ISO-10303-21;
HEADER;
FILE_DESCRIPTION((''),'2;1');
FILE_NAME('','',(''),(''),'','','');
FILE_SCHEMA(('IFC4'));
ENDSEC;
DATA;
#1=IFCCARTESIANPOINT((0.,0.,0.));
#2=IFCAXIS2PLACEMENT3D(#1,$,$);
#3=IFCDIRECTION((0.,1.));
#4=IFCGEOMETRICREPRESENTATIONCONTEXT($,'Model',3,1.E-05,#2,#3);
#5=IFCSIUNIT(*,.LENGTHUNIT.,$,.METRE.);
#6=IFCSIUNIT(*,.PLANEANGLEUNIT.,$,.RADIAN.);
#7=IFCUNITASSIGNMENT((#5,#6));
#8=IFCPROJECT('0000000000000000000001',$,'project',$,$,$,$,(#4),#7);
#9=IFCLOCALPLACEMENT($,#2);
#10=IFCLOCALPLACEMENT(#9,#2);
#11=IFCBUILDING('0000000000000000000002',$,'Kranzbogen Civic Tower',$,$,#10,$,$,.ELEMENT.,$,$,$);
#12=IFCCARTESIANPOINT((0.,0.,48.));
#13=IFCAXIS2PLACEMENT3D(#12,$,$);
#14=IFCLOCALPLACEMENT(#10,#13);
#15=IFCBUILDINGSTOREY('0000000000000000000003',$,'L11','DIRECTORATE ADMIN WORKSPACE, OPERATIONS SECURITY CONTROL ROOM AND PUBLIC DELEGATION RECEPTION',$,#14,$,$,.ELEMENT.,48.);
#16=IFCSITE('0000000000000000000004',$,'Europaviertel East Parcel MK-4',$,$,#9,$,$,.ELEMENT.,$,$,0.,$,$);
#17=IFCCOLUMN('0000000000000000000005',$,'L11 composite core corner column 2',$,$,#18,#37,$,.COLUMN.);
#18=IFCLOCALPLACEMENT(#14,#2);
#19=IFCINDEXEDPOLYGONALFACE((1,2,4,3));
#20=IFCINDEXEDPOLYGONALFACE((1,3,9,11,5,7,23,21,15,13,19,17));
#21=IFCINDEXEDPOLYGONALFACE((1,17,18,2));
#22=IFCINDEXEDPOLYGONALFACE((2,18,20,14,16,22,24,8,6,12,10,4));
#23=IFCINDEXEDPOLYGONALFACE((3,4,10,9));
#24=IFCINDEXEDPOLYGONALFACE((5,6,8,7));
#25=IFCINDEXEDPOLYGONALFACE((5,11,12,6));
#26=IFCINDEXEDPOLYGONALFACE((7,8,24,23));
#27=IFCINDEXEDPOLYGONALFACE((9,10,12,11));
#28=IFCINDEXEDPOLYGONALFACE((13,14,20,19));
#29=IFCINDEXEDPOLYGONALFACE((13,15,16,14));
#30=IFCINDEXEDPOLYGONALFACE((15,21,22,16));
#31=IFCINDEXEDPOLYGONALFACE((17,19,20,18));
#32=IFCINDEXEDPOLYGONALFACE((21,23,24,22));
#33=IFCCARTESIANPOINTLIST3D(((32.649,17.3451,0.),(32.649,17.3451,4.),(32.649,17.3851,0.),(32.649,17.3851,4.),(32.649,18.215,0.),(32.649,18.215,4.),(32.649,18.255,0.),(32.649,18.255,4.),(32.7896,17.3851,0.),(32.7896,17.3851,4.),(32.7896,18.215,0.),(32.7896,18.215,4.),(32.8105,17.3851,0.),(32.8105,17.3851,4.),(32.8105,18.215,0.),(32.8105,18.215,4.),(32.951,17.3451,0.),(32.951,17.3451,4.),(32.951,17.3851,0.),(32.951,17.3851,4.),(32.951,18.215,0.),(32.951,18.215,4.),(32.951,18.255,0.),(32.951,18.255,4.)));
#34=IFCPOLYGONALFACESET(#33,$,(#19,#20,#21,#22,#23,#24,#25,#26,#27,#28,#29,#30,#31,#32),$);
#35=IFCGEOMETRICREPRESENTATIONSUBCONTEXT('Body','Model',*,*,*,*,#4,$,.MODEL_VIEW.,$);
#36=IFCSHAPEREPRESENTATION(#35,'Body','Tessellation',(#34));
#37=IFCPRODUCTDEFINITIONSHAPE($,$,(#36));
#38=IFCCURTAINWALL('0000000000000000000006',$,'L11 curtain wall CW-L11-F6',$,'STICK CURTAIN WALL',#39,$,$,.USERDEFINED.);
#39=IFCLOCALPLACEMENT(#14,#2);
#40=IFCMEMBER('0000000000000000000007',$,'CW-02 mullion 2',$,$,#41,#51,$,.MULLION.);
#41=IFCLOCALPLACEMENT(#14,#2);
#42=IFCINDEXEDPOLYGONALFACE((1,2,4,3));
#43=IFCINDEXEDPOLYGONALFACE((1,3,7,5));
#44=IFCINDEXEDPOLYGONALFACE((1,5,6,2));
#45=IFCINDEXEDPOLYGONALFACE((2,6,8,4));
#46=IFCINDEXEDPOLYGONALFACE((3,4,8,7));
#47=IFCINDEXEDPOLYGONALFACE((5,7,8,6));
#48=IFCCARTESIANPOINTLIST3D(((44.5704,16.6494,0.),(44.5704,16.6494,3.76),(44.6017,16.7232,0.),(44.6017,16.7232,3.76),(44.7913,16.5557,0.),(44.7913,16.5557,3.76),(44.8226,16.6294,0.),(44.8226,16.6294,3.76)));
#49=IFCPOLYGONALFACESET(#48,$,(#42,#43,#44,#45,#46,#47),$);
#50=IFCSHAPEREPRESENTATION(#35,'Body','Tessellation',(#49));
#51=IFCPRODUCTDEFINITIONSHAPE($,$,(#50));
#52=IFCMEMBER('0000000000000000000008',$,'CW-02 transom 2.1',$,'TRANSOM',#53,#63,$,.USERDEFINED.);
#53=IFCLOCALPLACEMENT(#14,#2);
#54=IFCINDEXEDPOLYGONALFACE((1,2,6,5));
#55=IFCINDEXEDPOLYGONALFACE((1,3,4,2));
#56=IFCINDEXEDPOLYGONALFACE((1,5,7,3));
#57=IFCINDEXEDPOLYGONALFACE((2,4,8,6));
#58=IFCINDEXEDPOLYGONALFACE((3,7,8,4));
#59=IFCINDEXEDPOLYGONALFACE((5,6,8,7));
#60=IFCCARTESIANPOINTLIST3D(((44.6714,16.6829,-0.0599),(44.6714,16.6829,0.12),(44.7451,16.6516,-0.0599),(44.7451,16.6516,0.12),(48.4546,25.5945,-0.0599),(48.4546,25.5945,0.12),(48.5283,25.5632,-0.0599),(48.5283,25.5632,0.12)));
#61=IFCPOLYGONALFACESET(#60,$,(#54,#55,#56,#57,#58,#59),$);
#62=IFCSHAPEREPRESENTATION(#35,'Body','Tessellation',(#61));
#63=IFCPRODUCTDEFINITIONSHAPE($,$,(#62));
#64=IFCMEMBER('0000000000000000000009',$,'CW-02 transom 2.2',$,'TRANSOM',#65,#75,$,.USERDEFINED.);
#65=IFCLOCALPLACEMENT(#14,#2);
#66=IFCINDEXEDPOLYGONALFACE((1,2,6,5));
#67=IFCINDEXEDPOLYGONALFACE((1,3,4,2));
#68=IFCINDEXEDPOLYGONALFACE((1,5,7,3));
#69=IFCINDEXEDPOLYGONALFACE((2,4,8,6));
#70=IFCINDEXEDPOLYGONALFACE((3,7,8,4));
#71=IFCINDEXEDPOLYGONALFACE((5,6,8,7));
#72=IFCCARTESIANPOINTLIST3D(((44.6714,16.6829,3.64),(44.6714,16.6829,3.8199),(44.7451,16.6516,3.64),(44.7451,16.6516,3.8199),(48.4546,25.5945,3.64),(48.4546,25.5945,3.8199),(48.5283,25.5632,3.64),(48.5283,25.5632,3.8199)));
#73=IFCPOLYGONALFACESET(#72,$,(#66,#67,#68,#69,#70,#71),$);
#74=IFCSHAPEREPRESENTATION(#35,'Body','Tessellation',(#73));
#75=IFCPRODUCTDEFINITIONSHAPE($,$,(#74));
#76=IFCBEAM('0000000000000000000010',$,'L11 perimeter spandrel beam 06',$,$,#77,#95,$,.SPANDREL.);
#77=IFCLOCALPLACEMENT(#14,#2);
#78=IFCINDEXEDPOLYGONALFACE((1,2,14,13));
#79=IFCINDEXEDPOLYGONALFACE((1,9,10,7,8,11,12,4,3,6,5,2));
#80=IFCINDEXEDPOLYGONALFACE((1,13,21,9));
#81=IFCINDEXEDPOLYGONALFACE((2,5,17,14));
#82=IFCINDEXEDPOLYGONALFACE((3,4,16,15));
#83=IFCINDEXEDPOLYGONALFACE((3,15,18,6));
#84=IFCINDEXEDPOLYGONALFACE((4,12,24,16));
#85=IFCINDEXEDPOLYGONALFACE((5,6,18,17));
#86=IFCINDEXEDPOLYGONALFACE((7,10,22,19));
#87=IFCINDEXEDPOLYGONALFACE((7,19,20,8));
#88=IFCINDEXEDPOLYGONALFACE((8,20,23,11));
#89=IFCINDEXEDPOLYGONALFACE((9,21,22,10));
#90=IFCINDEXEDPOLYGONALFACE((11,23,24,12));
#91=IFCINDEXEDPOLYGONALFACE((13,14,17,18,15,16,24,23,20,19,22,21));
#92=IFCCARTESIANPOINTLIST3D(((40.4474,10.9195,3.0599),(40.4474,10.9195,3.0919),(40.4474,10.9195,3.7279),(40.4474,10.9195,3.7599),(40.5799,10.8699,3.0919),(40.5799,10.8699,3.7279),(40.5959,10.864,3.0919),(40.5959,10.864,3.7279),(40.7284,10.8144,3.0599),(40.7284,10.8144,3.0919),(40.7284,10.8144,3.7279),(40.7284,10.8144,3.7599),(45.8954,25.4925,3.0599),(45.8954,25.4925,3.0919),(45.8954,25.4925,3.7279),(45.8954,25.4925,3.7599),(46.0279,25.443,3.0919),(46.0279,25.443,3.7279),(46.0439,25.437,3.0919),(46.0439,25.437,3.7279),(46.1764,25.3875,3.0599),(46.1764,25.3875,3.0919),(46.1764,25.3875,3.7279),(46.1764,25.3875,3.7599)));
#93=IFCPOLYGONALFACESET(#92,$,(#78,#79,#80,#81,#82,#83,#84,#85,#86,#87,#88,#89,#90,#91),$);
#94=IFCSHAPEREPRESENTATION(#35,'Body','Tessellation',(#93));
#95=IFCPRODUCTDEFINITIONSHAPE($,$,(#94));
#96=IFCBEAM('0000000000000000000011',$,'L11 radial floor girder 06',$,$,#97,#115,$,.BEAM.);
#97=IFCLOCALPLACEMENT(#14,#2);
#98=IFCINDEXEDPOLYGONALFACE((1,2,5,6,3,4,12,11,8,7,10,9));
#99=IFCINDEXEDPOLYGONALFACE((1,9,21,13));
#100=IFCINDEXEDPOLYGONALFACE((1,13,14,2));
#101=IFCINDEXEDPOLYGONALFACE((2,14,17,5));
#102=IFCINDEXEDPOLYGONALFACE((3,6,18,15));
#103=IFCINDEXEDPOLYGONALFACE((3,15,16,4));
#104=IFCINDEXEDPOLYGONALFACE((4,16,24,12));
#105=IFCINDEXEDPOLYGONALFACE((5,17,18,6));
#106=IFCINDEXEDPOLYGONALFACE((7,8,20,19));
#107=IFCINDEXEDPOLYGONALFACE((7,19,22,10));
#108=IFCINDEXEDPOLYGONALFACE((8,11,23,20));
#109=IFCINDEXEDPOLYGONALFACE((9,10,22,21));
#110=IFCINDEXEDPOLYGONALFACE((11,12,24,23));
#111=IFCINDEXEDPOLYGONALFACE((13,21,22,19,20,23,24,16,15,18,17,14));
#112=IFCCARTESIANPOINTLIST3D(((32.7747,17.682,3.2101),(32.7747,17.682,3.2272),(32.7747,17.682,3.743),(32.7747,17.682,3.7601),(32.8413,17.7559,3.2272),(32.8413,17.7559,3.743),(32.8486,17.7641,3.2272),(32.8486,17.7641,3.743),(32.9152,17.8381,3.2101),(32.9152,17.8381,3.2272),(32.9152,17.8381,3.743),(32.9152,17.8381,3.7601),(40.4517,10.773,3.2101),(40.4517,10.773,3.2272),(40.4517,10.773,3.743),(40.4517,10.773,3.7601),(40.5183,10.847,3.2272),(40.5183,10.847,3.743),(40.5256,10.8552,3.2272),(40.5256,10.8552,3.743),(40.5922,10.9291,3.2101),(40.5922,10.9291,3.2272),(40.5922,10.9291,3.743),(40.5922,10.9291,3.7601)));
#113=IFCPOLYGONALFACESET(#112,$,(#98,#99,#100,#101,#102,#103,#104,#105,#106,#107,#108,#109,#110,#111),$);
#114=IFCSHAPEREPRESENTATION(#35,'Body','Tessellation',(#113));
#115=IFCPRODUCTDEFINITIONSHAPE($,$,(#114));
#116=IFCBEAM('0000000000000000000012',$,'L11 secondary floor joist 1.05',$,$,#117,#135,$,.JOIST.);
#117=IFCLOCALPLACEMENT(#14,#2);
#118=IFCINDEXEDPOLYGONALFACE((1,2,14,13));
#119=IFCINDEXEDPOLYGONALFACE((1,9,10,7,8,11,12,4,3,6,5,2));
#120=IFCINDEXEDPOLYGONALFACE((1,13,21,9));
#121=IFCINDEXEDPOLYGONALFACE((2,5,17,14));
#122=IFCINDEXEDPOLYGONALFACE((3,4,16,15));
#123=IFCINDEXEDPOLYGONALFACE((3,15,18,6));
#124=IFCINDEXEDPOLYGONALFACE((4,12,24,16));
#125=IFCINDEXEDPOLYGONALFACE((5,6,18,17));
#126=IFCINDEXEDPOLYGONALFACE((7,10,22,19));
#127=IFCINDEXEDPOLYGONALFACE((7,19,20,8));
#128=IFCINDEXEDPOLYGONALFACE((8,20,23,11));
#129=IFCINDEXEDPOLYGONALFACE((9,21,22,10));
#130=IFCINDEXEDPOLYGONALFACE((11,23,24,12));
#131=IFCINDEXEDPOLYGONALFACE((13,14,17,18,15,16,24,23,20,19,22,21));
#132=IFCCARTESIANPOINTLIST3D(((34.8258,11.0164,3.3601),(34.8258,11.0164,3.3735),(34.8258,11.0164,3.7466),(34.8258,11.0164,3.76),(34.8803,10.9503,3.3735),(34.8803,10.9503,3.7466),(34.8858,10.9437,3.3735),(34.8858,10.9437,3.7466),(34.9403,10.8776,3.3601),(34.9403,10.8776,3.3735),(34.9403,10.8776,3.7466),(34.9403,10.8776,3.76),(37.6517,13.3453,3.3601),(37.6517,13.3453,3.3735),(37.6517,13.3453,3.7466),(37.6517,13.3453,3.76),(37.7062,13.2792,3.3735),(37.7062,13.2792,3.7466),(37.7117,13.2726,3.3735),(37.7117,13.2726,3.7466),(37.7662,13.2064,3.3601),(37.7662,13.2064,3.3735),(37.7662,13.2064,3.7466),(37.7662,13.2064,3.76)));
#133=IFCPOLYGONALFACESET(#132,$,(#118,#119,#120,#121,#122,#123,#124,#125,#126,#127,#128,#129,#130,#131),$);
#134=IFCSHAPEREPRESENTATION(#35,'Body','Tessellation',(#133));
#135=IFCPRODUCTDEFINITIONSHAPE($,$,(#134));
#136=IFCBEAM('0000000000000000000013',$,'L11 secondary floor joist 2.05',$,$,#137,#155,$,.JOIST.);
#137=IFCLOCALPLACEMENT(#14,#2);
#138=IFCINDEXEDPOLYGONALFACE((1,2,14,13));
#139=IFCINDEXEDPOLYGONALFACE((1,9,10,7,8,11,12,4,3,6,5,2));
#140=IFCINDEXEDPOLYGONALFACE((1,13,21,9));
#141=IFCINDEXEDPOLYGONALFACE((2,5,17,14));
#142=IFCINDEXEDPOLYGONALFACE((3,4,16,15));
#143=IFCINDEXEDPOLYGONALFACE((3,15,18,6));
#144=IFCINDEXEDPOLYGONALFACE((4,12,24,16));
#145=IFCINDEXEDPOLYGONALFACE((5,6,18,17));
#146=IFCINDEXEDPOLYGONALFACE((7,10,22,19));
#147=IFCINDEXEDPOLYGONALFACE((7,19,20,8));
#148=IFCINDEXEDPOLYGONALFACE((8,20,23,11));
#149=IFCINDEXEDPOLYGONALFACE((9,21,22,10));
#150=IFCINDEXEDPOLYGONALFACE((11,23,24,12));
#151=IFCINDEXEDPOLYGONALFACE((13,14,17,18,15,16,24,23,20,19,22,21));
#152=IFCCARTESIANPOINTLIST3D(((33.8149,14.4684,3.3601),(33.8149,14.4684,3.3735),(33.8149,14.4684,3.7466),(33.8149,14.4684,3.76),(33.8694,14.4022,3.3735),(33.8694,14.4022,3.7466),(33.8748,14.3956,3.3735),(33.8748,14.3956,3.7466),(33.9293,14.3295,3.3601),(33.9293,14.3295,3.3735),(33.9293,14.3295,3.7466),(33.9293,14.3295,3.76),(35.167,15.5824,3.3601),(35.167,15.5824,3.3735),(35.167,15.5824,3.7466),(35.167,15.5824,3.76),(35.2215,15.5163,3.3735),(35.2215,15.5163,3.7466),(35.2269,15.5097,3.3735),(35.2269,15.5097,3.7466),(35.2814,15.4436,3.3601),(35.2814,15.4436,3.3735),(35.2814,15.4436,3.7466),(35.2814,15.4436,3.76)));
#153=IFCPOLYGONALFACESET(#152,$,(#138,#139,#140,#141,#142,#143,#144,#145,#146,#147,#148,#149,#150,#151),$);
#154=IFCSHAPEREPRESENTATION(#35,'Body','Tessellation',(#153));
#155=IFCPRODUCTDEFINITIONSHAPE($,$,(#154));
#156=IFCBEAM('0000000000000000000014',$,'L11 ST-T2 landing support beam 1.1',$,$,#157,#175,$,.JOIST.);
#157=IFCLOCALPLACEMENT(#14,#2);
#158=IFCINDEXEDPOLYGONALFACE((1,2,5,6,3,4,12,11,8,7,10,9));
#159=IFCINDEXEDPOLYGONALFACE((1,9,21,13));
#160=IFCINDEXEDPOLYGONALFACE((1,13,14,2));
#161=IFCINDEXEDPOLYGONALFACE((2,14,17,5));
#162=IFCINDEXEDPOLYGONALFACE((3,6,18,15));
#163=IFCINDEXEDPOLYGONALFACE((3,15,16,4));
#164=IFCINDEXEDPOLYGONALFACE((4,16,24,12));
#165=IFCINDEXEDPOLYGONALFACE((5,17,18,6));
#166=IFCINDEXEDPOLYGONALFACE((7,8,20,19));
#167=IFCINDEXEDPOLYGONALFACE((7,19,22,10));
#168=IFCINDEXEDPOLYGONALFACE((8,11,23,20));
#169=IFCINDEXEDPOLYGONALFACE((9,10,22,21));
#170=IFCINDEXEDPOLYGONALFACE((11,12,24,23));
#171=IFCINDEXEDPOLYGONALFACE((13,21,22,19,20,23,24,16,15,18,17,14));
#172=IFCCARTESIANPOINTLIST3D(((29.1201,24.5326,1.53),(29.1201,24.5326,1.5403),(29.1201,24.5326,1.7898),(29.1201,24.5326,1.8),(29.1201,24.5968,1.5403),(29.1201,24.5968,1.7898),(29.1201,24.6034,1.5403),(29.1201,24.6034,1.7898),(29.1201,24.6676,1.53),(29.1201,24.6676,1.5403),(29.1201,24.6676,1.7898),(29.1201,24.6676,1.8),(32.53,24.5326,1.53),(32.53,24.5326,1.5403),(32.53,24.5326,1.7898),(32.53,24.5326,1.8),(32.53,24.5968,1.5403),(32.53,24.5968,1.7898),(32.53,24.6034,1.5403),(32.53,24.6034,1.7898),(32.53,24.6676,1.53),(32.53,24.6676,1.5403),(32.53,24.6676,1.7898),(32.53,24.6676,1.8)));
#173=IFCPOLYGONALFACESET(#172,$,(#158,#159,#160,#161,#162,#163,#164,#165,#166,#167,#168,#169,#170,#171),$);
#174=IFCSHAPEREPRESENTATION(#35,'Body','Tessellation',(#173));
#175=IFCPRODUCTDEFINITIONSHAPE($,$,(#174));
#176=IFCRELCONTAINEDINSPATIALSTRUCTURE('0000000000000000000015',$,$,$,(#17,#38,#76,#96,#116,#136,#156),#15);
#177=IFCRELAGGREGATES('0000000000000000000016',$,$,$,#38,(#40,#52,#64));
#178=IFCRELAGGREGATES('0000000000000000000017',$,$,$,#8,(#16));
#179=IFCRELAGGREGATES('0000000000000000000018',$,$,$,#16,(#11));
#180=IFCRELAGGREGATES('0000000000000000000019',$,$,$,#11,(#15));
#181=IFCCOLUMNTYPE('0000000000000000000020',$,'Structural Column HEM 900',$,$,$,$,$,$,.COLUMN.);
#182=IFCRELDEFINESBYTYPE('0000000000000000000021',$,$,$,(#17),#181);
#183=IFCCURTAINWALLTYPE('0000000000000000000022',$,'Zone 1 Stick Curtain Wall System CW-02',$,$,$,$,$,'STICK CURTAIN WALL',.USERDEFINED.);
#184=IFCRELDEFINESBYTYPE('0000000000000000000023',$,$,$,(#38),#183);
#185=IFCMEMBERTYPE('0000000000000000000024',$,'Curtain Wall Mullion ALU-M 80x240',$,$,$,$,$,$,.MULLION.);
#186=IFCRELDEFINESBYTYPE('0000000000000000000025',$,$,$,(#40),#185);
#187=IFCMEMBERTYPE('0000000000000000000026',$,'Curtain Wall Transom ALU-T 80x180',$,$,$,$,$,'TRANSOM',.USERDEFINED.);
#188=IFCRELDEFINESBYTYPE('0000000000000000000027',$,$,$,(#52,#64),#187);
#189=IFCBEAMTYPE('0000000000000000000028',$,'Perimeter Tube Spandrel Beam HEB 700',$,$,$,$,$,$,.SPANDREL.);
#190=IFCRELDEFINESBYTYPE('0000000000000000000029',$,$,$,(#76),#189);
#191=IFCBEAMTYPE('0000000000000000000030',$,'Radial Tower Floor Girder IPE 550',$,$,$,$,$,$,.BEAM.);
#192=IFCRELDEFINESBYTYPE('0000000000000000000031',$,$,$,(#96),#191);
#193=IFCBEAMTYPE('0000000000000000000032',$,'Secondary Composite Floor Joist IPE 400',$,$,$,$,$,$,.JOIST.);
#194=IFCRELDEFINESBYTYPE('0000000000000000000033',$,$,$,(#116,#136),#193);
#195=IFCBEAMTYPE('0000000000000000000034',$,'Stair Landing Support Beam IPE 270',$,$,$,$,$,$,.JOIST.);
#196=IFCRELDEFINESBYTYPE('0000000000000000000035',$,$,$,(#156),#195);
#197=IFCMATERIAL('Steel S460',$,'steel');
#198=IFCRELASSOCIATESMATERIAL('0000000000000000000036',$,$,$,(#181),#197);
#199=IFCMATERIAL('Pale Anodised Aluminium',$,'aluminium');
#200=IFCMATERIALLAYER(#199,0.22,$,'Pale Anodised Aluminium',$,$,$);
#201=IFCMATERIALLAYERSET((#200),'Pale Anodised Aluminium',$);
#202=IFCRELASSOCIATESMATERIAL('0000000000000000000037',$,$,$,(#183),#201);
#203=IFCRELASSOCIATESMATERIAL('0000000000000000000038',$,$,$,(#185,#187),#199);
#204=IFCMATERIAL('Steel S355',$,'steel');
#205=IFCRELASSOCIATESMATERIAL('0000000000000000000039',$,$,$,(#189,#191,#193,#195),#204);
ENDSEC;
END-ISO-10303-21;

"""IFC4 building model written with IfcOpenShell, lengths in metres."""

from ifc_helpers import new_model, si_unit, direction, frame, origin, origin_2d, place, context, subcontext, project, spatial, rectangle, i_section, extrude, material, layer, layer_set, material_profile, profile_set, type_object, element, aggregate, save


model = new_model("IFC4")

# Units and contexts
model_context = context("Model", 3, precision=1e-05, world=origin(), true_north=direction((0.0, 1.0)))
body_context = subcontext(model_context, "Body", "Model", "MODEL_VIEW")
ifc_project = project(units=[si_unit("LENGTHUNIT", "METRE"), si_unit("PLANEANGLEUNIT", "RADIAN")], contexts=[model_context])

# Site, building, storey
site_placement = place(None, origin())
site = spatial("IfcSite", under=ifc_project, at=site_placement, Name="Europaviertel East Parcel MK-4", CompositionType="ELEMENT", RefElevation=0.0)
building_placement = place(site_placement, origin())
building = spatial("IfcBuilding", under=site, at=building_placement, Name="Kranzbogen Civic Tower", CompositionType="ELEMENT")
storey_placement = place(building_placement, frame((0.0, 0.0, 48.0)))
storey = spatial("IfcBuildingStorey", under=building, at=storey_placement, Name="L11", Description="DIRECTORATE ADMIN WORKSPACE, OPERATIONS SECURITY CONTROL ROOM AND PUBLIC DELEGATION RECEPTION", CompositionType="ELEMENT", Elevation=48.0)

# Column
ifc_material_1 = material(Name="Steel S460", Category="steel")
ifc_material_profile_1 = material_profile(ifc_material_1, i_section(OverallWidth=0.302, OverallDepth=0.9099, WebThickness=0.021, FlangeThickness=0.04, at=origin_2d()), Name="HEM 900")
ifc_profile_set_1 = profile_set([ifc_material_profile_1], Name="Steel S460")
column_type = type_object("IfcColumnType", Name="Structural Column HEM 900", PredefinedType="COLUMN", material=ifc_profile_set_1)
column_placement = place(storey_placement, frame((32.8, 17.8, 0.0), z_axis=(0.0, 0.0, 1.0), x_axis=(1.0, 0.0, 0.0)))
element("IfcColumn", 1, at=column_placement, inside=storey, type_object=column_type, Name="L11 composite core corner column 2", PredefinedType="COLUMN", context=body_context, shape_type="SweptSolid", body=[
    extrude(i_section(OverallWidth=0.302, OverallDepth=0.9099, WebThickness=0.021, FlangeThickness=0.04, at=origin_2d()), origin(), (0.0, 0.0, 1.0), 4.0),
])

# Curtain wall, members
ifc_material_2 = material(Name="Pale Anodised Aluminium", Category="aluminium")
ifc_layer_1 = layer(ifc_material_2, 0.22, Name="Pale Anodised Aluminium")
ifc_layer_set_1 = layer_set([ifc_layer_1], Name="Pale Anodised Aluminium")
curtain_wall_type = type_object("IfcCurtainWallType", Name="Zone 1 Stick Curtain Wall System CW-02", ElementType="STICK CURTAIN WALL", PredefinedType="USERDEFINED", material=ifc_layer_set_1)
curtain_wall_placement = place(storey_placement, origin())
curtain_wall = element("IfcCurtainWall", 2, at=curtain_wall_placement, inside=storey, type_object=curtain_wall_type, Name="L11 curtain wall CW-L11-F6", ObjectType="STICK CURTAIN WALL", PredefinedType="USERDEFINED")
ifc_material_profile_2 = material_profile(ifc_material_2, rectangle(XDim=0.0801, YDim=0.24, at=origin_2d()), Name="ALU-M 80x240")
ifc_profile_set_2 = profile_set([ifc_material_profile_2], Name="Pale Anodised Aluminium")
member_type_1 = type_object("IfcMemberType", Name="Curtain Wall Mullion ALU-M 80x240", PredefinedType="MULLION", material=ifc_profile_set_2)
member_1_placement = place(storey_placement, frame((44.6965, 16.6394, 0.0), z_axis=(0.0, 0.0, 1.0), x_axis=(0.39078, 0.920484, 0.0)))
member_1 = element("IfcMember", 3, at=member_1_placement, type_object=member_type_1, Name="CW-02 mullion 2", PredefinedType="MULLION", context=body_context, shape_type="SweptSolid", body=[
    extrude(rectangle(XDim=0.0801, YDim=0.24, at=origin_2d()), origin(), (0.0, 0.0, 1.0), 3.76),
])
ifc_material_profile_3 = material_profile(ifc_material_2, rectangle(XDim=0.0801, YDim=0.1799, at=origin_2d()), Name="ALU-T 80x180")
ifc_profile_set_3 = profile_set([ifc_material_profile_3], Name="Pale Anodised Aluminium")
member_type_2 = type_object("IfcMemberType", Name="Curtain Wall Transom ALU-T 80x180", ElementType="TRANSOM", PredefinedType="USERDEFINED", material=ifc_profile_set_3)
member_2_placement = place(storey_placement, frame((44.7083, 16.6672, 0.03), z_axis=(0.39077, 0.920488, 0.0), x_axis=(-0.920488, 0.39077, 0.0)))
member_2 = element("IfcMember", 4, at=member_2_placement, type_object=member_type_2, Name="CW-02 transom 2.1", ObjectType="TRANSOM", PredefinedType="USERDEFINED", context=body_context, shape_type="SweptSolid", body=[
    extrude(rectangle(XDim=0.0801, YDim=0.1799, at=origin_2d()), origin(), (0.0, 0.0, 1.0), 9.6814),
])
member_3_placement = place(storey_placement, frame((44.7083, 16.6672, 3.73), z_axis=(0.39077, 0.920488, 0.0), x_axis=(-0.920488, 0.39077, 0.0)))
member_3 = element("IfcMember", 5, at=member_3_placement, type_object=member_type_2, Name="CW-02 transom 2.2", ObjectType="TRANSOM", PredefinedType="USERDEFINED", context=body_context, shape_type="SweptSolid", body=[
    extrude(rectangle(XDim=0.0801, YDim=0.1799, at=origin_2d()), origin(), (0.0, 0.0, 1.0), 9.6814),
])

# Beams
ifc_material_3 = material(Name="Steel S355", Category="steel")
ifc_material_profile_4 = material_profile(ifc_material_3, i_section(OverallWidth=0.3, OverallDepth=0.7, WebThickness=0.0171, FlangeThickness=0.032, at=origin_2d()), Name="HEB 700")
ifc_profile_set_4 = profile_set([ifc_material_profile_4], Name="Steel S355")
beam_type_1 = type_object("IfcBeamType", Name="Perimeter Tube Spandrel Beam HEB 700", PredefinedType="SPANDREL", material=ifc_profile_set_4)
beam_1_placement = place(storey_placement, frame((40.5879, 10.8669, 3.4099), z_axis=(0.350172, 0.936685, 0.0), x_axis=(-0.936685, 0.350172, 0.0)))
element("IfcBeam", 6, at=beam_1_placement, inside=storey, type_object=beam_type_1, Name="L11 perimeter spandrel beam 06", PredefinedType="SPANDREL", context=body_context, shape_type="SweptSolid", body=[
    extrude(i_section(OverallWidth=0.3, OverallDepth=0.7, WebThickness=0.0171, FlangeThickness=0.032, at=origin_2d()), origin(), (0.0, 0.0, 1.0), 15.5581),
])
ifc_material_profile_5 = material_profile(ifc_material_3, i_section(OverallWidth=0.21, OverallDepth=0.55, WebThickness=0.011, FlangeThickness=0.0171, at=origin_2d()), Name="IPE 550")
ifc_profile_set_5 = profile_set([ifc_material_profile_5], Name="Steel S355")
beam_type_2 = type_object("IfcBeamType", Name="Radial Tower Floor Girder IPE 550", PredefinedType="BEAM", material=ifc_profile_set_5)
beam_2_placement = place(storey_placement, frame((40.522, 10.8511, 3.4851), z_axis=(-0.743312, 0.668945, 0.0), x_axis=(-0.668945, -0.743312, 0.0)))
element("IfcBeam", 7, at=beam_2_placement, inside=storey, type_object=beam_type_2, Name="L11 radial floor girder 06", PredefinedType="BEAM", context=body_context, shape_type="SweptSolid", body=[
    extrude(i_section(OverallWidth=0.21, OverallDepth=0.55, WebThickness=0.011, FlangeThickness=0.0171, at=origin_2d()), origin(), (0.0, 0.0, 1.0), 10.3281),
])
ifc_material_profile_6 = material_profile(ifc_material_3, i_section(OverallWidth=0.1799, OverallDepth=0.3999, WebThickness=0.0085, FlangeThickness=0.0134, at=origin_2d()), Name="IPE 400")
ifc_profile_set_6 = profile_set([ifc_material_profile_6], Name="Steel S355")
beam_type_3 = type_object("IfcBeamType", Name="Secondary Composite Floor Joist IPE 400", PredefinedType="JOIST", material=ifc_profile_set_6)
beam_3_placement = place(storey_placement, frame((34.8831, 10.947, 3.5601), z_axis=(0.771713, 0.635971, 0.0), x_axis=(-0.635971, 0.771713, 0.0)))
element("IfcBeam", 8, at=beam_3_placement, inside=storey, type_object=beam_type_3, Name="L11 secondary floor joist 1.05", PredefinedType="JOIST", context=body_context, shape_type="SweptSolid", body=[
    extrude(i_section(OverallWidth=0.1799, OverallDepth=0.3999, WebThickness=0.0085, FlangeThickness=0.0134, at=origin_2d()), origin(), (0.0, 0.0, 1.0), 3.6619),
])
beam_4_placement = place(storey_placement, frame((33.8721, 14.3989, 3.5601), z_axis=(0.771773, 0.635898, 0.0), x_axis=(-0.635898, 0.771773, 0.0)))
element("IfcBeam", 9, at=beam_4_placement, inside=storey, type_object=beam_type_3, Name="L11 secondary floor joist 2.05", PredefinedType="JOIST", context=body_context, shape_type="SweptSolid", body=[
    extrude(i_section(OverallWidth=0.1799, OverallDepth=0.3999, WebThickness=0.0085, FlangeThickness=0.0134, at=origin_2d()), origin(), (0.0, 0.0, 1.0), 1.752),
])
ifc_material_profile_7 = material_profile(ifc_material_3, i_section(OverallWidth=0.135, OverallDepth=0.27, WebThickness=0.0066, FlangeThickness=0.0103, at=origin_2d()), Name="IPE 270")
ifc_profile_set_7 = profile_set([ifc_material_profile_7], Name="Steel S355")
beam_type_4 = type_object("IfcBeamType", Name="Stair Landing Support Beam IPE 270", PredefinedType="JOIST", material=ifc_profile_set_7)
for number, where, z_axis, x_axis, name in (
    (10, (29.1201, 24.6001, 1.665), (1.0, 0.0, 0.0), (0.0, 1.0, 0.0), "L11 ST-T2 landing support beam 1.1"),
):
    element("IfcBeam", number, at=place(storey_placement, frame(where, z_axis=z_axis, x_axis=x_axis)), inside=storey, type_object=beam_type_4, Name=name, PredefinedType="JOIST", context=body_context, shape_type="SweptSolid", body=[
        extrude(i_section(OverallWidth=0.135, OverallDepth=0.27, WebThickness=0.0066, FlangeThickness=0.0103, at=origin_2d()), origin(), (0.0, 0.0, 1.0), 3.4099),
    ])

aggregate(curtain_wall, [member_1, member_2, member_3])

save(model, "model.ifc")
